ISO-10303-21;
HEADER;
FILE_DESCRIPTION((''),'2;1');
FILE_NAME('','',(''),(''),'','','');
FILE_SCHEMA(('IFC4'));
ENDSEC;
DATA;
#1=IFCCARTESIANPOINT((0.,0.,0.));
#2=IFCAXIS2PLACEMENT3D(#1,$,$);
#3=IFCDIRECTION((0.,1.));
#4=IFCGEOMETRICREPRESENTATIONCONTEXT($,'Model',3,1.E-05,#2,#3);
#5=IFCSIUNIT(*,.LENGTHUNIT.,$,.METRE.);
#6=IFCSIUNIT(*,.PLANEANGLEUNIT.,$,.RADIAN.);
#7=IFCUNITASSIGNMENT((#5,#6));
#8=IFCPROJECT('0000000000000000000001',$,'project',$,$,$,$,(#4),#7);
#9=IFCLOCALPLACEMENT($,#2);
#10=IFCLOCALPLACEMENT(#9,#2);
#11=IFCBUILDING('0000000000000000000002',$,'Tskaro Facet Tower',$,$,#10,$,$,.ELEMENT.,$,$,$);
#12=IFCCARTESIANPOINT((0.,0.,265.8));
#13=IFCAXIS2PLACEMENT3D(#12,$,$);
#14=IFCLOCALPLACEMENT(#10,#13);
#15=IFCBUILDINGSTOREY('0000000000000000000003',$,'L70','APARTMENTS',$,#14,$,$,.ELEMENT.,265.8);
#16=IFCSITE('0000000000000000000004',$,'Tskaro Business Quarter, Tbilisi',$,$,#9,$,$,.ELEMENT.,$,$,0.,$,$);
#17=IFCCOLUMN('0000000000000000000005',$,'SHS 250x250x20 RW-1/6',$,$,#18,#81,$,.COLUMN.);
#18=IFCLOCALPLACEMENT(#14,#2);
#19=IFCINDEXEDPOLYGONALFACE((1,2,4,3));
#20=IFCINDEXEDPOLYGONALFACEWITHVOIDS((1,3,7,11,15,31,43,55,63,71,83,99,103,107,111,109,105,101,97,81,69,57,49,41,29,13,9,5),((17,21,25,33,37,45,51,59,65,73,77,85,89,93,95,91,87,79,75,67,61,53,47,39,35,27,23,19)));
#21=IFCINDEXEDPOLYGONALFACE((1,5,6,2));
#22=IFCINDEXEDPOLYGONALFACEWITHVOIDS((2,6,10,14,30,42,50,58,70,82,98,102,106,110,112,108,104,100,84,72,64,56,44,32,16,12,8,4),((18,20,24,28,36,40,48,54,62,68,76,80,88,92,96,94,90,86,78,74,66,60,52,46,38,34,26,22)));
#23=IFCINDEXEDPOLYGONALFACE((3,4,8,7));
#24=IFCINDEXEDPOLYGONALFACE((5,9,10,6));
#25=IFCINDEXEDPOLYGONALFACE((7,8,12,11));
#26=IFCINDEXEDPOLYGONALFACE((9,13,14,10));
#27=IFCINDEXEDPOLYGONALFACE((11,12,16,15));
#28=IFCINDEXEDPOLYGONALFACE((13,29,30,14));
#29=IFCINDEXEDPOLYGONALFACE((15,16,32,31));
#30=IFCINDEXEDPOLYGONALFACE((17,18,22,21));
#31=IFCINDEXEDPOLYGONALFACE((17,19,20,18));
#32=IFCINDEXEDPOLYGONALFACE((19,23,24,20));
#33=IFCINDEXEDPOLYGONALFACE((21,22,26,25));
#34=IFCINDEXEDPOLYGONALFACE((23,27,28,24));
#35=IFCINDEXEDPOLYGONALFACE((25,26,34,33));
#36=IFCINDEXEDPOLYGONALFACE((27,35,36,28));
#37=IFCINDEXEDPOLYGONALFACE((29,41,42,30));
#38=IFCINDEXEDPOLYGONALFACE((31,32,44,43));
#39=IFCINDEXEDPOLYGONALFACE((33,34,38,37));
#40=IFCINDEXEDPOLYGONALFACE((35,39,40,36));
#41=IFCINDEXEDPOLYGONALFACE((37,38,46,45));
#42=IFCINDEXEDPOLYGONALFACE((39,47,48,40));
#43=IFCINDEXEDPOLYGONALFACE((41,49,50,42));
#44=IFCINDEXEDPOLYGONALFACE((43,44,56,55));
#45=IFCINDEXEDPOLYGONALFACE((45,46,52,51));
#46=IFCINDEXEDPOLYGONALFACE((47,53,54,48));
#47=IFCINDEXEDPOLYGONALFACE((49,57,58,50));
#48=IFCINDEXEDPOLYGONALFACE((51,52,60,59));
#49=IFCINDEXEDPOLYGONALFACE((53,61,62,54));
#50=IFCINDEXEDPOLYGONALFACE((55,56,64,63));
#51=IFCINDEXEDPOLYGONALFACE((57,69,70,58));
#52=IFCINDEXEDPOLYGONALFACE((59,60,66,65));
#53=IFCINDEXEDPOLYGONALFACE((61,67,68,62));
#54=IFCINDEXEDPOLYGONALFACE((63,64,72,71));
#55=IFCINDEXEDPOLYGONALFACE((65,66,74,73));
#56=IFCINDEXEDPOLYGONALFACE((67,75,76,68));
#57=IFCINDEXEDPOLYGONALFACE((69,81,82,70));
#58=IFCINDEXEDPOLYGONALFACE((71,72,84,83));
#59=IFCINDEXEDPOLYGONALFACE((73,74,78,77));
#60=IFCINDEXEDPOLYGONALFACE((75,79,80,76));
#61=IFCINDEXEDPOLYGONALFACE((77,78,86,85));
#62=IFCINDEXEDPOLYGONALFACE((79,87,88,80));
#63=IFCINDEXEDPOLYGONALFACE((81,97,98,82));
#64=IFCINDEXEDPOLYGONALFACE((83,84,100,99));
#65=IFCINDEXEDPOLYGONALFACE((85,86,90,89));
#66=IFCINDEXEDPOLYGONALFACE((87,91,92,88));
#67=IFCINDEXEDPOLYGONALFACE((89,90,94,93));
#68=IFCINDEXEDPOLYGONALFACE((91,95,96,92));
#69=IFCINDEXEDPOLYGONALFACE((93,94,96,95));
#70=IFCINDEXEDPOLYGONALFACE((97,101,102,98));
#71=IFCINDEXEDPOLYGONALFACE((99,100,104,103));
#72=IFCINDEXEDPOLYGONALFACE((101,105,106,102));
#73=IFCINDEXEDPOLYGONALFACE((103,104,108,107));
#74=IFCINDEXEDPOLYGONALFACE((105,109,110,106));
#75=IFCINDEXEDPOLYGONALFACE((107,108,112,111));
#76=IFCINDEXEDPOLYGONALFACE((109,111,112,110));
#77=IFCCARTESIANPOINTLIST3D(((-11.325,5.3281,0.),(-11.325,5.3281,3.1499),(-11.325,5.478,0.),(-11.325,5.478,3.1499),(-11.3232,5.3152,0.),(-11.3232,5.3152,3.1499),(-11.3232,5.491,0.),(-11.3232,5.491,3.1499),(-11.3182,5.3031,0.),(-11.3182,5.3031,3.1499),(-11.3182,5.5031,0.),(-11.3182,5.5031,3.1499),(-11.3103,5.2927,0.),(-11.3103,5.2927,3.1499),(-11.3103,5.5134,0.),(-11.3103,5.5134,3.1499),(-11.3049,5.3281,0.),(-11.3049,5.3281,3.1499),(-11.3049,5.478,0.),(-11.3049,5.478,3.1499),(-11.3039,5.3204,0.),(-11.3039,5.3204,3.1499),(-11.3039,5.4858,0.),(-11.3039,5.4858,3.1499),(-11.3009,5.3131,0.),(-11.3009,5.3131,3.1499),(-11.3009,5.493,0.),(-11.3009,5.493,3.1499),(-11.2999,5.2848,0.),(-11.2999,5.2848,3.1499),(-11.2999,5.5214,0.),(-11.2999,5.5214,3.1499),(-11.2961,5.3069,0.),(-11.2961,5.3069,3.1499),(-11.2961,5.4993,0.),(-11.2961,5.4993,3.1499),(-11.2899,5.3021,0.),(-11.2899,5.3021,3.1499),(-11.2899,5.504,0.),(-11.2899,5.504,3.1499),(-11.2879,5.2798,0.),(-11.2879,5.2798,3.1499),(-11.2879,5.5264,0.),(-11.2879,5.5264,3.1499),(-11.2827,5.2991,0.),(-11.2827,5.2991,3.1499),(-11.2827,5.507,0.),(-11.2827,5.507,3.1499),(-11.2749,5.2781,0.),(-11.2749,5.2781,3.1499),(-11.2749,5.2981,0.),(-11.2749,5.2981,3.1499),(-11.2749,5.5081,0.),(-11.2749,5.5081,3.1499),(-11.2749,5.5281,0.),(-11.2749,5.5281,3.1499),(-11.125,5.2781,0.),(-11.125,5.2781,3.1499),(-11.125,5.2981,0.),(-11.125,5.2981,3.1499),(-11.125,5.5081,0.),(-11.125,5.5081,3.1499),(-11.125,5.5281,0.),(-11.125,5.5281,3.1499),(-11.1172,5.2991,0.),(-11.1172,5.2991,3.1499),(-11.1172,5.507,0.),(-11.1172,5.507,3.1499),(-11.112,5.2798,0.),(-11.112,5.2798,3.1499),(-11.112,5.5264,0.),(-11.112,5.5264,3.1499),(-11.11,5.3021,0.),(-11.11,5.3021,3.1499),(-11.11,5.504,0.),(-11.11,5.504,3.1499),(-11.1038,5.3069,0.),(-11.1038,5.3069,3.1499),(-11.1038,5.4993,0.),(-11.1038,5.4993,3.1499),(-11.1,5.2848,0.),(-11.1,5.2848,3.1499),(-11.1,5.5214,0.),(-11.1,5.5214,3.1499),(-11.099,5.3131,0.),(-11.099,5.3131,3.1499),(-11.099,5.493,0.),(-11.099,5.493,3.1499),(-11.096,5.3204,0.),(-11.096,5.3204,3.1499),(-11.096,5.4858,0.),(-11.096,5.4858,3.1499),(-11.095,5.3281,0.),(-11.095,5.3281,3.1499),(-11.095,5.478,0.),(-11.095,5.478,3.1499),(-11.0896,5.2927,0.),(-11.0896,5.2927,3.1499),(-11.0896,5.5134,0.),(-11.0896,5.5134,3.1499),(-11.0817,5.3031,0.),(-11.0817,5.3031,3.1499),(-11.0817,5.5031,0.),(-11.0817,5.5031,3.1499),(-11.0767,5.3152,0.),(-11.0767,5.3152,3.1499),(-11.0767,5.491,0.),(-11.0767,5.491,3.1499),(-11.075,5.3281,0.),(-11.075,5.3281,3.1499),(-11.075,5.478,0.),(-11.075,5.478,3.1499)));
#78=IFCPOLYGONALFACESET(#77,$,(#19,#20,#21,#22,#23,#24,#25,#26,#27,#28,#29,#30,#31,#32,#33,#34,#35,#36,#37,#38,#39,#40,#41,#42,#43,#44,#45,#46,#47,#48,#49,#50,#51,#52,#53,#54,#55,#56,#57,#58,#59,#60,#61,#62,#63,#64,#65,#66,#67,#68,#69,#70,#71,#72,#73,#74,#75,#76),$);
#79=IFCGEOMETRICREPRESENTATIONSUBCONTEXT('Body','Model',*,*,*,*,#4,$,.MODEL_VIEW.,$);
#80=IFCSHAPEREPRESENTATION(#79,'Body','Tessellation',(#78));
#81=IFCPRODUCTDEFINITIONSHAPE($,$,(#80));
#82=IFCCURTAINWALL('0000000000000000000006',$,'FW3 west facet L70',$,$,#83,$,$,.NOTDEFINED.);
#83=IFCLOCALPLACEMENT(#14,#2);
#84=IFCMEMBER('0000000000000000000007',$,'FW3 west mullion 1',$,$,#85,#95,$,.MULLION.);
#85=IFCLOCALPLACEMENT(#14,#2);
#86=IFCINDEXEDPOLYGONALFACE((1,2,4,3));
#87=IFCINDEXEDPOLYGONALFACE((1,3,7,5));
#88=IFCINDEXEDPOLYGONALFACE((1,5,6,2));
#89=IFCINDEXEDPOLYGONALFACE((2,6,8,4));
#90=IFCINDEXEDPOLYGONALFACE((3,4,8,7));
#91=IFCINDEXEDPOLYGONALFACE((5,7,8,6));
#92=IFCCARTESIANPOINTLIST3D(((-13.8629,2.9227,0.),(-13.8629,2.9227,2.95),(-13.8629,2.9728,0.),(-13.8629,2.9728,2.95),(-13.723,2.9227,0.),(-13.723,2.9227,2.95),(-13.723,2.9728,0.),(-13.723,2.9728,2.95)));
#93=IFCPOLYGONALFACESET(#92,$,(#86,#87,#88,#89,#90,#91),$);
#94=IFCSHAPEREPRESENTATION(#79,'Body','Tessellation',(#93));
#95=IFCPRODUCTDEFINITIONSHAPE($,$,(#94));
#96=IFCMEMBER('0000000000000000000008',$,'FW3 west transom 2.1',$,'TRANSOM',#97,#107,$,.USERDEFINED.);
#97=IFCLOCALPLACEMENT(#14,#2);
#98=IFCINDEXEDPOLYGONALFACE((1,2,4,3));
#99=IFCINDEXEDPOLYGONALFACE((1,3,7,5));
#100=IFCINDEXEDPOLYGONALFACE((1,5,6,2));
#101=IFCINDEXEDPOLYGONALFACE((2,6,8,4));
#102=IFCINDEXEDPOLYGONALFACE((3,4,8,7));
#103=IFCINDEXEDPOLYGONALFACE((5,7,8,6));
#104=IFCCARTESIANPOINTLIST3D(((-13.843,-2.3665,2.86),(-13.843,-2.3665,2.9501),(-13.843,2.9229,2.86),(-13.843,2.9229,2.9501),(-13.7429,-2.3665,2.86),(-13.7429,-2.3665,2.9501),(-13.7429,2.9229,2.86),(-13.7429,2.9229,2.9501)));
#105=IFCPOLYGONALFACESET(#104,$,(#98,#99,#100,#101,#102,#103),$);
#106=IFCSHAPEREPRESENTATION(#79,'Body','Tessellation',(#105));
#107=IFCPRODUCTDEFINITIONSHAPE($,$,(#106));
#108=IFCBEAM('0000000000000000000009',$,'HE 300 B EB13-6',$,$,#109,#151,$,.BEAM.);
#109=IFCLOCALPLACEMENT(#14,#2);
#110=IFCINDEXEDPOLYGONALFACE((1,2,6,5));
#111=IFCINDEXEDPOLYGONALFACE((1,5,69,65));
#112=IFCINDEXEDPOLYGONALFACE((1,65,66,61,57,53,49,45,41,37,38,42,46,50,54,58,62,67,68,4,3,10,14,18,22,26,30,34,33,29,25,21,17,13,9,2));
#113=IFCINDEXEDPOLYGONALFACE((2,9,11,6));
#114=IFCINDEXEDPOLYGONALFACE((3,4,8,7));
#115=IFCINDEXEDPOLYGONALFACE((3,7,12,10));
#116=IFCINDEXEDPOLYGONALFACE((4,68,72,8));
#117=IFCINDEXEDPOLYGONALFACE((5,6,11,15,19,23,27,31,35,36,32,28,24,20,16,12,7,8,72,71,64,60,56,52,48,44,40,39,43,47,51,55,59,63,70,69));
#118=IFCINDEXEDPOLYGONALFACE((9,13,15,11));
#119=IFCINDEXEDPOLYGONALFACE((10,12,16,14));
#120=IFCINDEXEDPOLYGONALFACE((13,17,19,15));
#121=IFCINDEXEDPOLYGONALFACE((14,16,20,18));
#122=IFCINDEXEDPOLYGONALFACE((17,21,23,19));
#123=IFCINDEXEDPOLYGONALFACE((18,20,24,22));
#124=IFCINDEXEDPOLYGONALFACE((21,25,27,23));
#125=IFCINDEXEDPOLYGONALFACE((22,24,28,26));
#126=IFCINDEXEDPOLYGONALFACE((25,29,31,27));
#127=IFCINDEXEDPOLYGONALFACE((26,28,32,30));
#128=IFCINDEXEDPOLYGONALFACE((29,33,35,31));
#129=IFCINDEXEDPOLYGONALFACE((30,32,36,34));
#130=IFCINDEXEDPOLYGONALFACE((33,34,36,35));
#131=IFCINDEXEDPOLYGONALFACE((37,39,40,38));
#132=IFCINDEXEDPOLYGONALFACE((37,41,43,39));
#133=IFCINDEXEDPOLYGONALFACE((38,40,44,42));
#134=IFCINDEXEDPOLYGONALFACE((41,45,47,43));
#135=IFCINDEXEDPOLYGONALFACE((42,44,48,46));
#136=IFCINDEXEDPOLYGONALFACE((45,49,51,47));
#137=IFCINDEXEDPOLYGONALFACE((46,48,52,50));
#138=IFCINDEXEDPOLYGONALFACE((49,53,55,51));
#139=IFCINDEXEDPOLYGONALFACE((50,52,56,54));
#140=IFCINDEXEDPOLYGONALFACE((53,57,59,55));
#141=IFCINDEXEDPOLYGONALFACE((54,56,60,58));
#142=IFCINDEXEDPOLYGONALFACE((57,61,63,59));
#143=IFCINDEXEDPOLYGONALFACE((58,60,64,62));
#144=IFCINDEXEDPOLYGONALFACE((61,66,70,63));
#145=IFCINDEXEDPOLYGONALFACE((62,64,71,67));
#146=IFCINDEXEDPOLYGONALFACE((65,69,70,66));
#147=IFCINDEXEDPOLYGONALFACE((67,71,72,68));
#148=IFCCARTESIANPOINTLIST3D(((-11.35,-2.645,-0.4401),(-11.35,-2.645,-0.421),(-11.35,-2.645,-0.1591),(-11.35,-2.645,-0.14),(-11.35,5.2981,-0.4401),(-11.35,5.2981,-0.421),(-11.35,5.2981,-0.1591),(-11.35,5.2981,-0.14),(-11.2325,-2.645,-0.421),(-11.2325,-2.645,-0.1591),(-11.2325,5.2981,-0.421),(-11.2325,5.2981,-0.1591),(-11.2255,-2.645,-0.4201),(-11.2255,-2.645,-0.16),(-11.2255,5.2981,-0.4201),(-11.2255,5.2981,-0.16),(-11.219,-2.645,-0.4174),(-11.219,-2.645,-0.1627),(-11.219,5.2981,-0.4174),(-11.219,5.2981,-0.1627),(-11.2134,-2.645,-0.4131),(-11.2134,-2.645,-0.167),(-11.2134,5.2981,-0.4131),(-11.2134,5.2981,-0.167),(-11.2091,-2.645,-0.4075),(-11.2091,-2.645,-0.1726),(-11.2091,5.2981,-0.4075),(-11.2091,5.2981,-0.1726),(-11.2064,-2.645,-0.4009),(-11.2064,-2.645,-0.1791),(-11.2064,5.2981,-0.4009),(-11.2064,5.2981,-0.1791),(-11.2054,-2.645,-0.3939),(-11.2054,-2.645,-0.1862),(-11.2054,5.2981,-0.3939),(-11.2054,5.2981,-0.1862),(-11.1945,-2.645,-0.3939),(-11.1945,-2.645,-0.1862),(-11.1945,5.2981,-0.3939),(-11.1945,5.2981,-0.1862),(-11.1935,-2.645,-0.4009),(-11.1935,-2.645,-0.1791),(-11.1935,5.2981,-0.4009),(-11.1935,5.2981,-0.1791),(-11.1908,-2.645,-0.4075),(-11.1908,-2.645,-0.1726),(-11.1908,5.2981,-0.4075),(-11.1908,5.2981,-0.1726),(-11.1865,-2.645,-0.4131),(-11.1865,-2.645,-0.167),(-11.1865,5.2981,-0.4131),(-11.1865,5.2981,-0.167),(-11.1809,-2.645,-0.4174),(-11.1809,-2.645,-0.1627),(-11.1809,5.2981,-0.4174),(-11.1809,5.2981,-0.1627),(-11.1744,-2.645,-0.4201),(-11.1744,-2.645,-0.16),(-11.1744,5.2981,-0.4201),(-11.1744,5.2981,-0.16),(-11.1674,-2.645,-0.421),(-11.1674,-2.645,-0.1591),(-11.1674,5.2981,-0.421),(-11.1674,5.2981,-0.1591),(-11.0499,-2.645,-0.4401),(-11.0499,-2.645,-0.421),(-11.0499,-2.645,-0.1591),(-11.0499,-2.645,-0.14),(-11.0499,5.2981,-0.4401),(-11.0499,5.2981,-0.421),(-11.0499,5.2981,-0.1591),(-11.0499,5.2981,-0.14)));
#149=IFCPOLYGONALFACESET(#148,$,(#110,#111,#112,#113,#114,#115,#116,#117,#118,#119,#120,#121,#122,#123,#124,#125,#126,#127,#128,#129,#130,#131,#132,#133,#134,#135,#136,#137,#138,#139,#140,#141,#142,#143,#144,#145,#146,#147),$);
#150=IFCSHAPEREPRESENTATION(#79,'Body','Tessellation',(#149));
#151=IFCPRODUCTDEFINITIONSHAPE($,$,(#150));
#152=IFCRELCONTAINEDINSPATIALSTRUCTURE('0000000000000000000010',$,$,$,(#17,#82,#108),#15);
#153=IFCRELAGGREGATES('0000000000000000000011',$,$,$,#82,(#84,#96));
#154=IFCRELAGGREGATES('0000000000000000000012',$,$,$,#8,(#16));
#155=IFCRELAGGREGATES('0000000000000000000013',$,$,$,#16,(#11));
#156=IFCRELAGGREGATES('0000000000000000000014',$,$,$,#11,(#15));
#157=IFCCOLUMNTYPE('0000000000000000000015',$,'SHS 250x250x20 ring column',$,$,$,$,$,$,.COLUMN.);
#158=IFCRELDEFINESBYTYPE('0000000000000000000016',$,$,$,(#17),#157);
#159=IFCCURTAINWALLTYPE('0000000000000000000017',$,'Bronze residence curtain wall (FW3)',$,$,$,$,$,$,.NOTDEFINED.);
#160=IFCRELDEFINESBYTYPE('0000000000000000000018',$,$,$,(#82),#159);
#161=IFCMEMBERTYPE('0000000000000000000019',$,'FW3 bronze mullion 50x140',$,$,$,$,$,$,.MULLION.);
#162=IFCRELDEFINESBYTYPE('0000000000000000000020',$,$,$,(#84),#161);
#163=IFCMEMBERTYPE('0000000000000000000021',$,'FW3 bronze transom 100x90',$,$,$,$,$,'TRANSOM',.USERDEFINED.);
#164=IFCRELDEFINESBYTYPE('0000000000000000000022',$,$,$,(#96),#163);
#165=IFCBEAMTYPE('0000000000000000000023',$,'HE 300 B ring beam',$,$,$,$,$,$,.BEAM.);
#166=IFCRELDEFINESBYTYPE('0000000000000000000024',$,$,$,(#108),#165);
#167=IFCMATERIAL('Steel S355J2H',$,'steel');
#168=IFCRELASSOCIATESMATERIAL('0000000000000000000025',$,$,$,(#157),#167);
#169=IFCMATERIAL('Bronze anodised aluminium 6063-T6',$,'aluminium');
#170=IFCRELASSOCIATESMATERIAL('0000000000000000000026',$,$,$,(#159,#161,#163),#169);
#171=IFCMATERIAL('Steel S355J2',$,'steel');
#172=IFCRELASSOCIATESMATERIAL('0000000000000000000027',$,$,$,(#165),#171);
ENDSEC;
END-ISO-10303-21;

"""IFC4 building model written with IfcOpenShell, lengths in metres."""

from ifc_helpers import new_model, si_unit, direction, frame, origin, origin_2d, place, context, subcontext, project, spatial, rectangle, hollow_rectangle, i_section, extrude, material, material_profile, profile_set, type_object, element, aggregate, save


model = new_model("IFC4")

# Units and contexts
model_context = context("Model", 3, precision=1e-05, world=origin(), true_north=direction((0.0, 1.0)))
body_context = subcontext(model_context, "Body", "Model", "MODEL_VIEW")
ifc_project = project(units=[si_unit("LENGTHUNIT", "METRE"), si_unit("PLANEANGLEUNIT", "RADIAN")], contexts=[model_context])

# Site, building, storey
site_placement = place(None, origin())
site = spatial("IfcSite", under=ifc_project, at=site_placement, Name="Tskaro Business Quarter, Tbilisi", CompositionType="ELEMENT", RefElevation=0.0)
building_placement = place(site_placement, origin())
building = spatial("IfcBuilding", under=site, at=building_placement, Name="Tskaro Facet Tower", CompositionType="ELEMENT")
storey_placement = place(building_placement, frame((0.0, 0.0, 265.8)))
storey = spatial("IfcBuildingStorey", under=building, at=storey_placement, Name="L70", Description="APARTMENTS", CompositionType="ELEMENT", Elevation=265.8)

# Column
ifc_material_1 = material(Name="Steel S355J2H", Category="steel")
ifc_material_profile_1 = material_profile(ifc_material_1, hollow_rectangle(XDim=0.25, YDim=0.25, WallThickness=0.02, InnerFilletRadius=0.03, OuterFilletRadius=0.05, at=origin_2d()), Name="SHS 250x250x20")
ifc_profile_set_1 = profile_set([ifc_material_profile_1], Name="Steel S355J2H")
column_type = type_object("IfcColumnType", Name="SHS 250x250x20 ring column", PredefinedType="COLUMN", material=ifc_profile_set_1)
column_placement = place(storey_placement, frame((-11.2, 5.4031, 0.0), z_axis=(0.0, 0.0, 1.0), x_axis=(1.0, 0.0, 0.0)))
element("IfcColumn", 1, at=column_placement, inside=storey, type_object=column_type, Name="SHS 250x250x20 RW-1/6", PredefinedType="COLUMN", context=body_context, shape_type="SweptSolid", body=[
    extrude(hollow_rectangle(XDim=0.25, YDim=0.25, WallThickness=0.02, InnerFilletRadius=0.03, OuterFilletRadius=0.05, at=origin_2d()), origin(), (0.0, 0.0, 1.0), 3.1499),
])

# Curtain wall, members
ifc_material_2 = material(Name="Bronze anodised aluminium 6063-T6", Category="aluminium")
curtain_wall_type = type_object("IfcCurtainWallType", Name="Bronze residence curtain wall (FW3)", PredefinedType="NOTDEFINED", material=ifc_material_2)
curtain_wall_placement = place(storey_placement, origin())
curtain_wall = element("IfcCurtainWall", 2, at=curtain_wall_placement, inside=storey, type_object=curtain_wall_type, Name="FW3 west facet L70", PredefinedType="NOTDEFINED")
ifc_material_profile_2 = material_profile(ifc_material_2, rectangle(XDim=0.05, YDim=0.1399, at=origin_2d()), Name="Mullion 50x140")
ifc_profile_set_2 = profile_set([ifc_material_profile_2], Name="Bronze anodised aluminium 6063-T6")
member_type_1 = type_object("IfcMemberType", Name="FW3 bronze mullion 50x140", PredefinedType="MULLION", material=ifc_profile_set_2)
member_1_placement = place(storey_placement, frame((-13.793, 2.9478, 0.0), z_axis=(0.0, 0.0, 1.0), x_axis=(0.0, -1.0, 0.0)))
member_1 = element("IfcMember", 3, at=member_1_placement, type_object=member_type_1, Name="FW3 west mullion 1", PredefinedType="MULLION", context=body_context, shape_type="SweptSolid", body=[
    extrude(rectangle(XDim=0.05, YDim=0.1399, at=origin_2d()), origin(), (0.0, 0.0, 1.0), 2.95),
])
ifc_material_profile_3 = material_profile(ifc_material_2, rectangle(XDim=0.1001, YDim=0.0901, at=origin_2d()), Name="Transom 100x90")
ifc_profile_set_3 = profile_set([ifc_material_profile_3], Name="Bronze anodised aluminium 6063-T6")
member_type_2 = type_object("IfcMemberType", Name="FW3 bronze transom 100x90", ElementType="TRANSOM", PredefinedType="USERDEFINED", material=ifc_profile_set_3)
member_2_placement = place(storey_placement, frame((-13.793, 2.9229, 2.905), z_axis=(0.0, -1.0, 0.0), x_axis=(1.0, 0.0, 0.0)))
member_2 = element("IfcMember", 4, at=member_2_placement, type_object=member_type_2, Name="FW3 west transom 2.1", ObjectType="TRANSOM", PredefinedType="USERDEFINED", context=body_context, shape_type="SweptSolid", body=[
    extrude(rectangle(XDim=0.1001, YDim=0.0901, at=origin_2d()), origin(), (0.0, 0.0, 1.0), 5.2893),
])

# Beam
ifc_material_3 = material(Name="Steel S355J2", Category="steel")
ifc_material_profile_4 = material_profile(ifc_material_3, i_section(OverallWidth=0.3, OverallDepth=0.3, WebThickness=0.011, FlangeThickness=0.019, FilletRadius=0.0271, at=origin_2d()), Name="HE 300 B")
ifc_profile_set_4 = profile_set([ifc_material_profile_4], Name="Steel S355J2")
beam_type_1 = type_object("IfcBeamType", Name="HE 300 B ring beam", PredefinedType="BEAM", material=ifc_profile_set_4)
beam_1_placement = place(storey_placement, frame((-11.2, 5.2981, -0.29), z_axis=(0.0, -1.0, 0.0), x_axis=(1.0, 0.0, 0.0)))
element("IfcBeam", 5, at=beam_1_placement, inside=storey, type_object=beam_type_1, Name="HE 300 B EB13-6", PredefinedType="BEAM", context=body_context, shape_type="SweptSolid", body=[
    extrude(i_section(OverallWidth=0.3, OverallDepth=0.3, WebThickness=0.011, FlangeThickness=0.019, FilletRadius=0.0271, at=origin_2d()), origin(), (0.0, 0.0, 1.0), 7.9431),
])

aggregate(curtain_wall, [member_1, member_2])

save(model, "model.ifc")
